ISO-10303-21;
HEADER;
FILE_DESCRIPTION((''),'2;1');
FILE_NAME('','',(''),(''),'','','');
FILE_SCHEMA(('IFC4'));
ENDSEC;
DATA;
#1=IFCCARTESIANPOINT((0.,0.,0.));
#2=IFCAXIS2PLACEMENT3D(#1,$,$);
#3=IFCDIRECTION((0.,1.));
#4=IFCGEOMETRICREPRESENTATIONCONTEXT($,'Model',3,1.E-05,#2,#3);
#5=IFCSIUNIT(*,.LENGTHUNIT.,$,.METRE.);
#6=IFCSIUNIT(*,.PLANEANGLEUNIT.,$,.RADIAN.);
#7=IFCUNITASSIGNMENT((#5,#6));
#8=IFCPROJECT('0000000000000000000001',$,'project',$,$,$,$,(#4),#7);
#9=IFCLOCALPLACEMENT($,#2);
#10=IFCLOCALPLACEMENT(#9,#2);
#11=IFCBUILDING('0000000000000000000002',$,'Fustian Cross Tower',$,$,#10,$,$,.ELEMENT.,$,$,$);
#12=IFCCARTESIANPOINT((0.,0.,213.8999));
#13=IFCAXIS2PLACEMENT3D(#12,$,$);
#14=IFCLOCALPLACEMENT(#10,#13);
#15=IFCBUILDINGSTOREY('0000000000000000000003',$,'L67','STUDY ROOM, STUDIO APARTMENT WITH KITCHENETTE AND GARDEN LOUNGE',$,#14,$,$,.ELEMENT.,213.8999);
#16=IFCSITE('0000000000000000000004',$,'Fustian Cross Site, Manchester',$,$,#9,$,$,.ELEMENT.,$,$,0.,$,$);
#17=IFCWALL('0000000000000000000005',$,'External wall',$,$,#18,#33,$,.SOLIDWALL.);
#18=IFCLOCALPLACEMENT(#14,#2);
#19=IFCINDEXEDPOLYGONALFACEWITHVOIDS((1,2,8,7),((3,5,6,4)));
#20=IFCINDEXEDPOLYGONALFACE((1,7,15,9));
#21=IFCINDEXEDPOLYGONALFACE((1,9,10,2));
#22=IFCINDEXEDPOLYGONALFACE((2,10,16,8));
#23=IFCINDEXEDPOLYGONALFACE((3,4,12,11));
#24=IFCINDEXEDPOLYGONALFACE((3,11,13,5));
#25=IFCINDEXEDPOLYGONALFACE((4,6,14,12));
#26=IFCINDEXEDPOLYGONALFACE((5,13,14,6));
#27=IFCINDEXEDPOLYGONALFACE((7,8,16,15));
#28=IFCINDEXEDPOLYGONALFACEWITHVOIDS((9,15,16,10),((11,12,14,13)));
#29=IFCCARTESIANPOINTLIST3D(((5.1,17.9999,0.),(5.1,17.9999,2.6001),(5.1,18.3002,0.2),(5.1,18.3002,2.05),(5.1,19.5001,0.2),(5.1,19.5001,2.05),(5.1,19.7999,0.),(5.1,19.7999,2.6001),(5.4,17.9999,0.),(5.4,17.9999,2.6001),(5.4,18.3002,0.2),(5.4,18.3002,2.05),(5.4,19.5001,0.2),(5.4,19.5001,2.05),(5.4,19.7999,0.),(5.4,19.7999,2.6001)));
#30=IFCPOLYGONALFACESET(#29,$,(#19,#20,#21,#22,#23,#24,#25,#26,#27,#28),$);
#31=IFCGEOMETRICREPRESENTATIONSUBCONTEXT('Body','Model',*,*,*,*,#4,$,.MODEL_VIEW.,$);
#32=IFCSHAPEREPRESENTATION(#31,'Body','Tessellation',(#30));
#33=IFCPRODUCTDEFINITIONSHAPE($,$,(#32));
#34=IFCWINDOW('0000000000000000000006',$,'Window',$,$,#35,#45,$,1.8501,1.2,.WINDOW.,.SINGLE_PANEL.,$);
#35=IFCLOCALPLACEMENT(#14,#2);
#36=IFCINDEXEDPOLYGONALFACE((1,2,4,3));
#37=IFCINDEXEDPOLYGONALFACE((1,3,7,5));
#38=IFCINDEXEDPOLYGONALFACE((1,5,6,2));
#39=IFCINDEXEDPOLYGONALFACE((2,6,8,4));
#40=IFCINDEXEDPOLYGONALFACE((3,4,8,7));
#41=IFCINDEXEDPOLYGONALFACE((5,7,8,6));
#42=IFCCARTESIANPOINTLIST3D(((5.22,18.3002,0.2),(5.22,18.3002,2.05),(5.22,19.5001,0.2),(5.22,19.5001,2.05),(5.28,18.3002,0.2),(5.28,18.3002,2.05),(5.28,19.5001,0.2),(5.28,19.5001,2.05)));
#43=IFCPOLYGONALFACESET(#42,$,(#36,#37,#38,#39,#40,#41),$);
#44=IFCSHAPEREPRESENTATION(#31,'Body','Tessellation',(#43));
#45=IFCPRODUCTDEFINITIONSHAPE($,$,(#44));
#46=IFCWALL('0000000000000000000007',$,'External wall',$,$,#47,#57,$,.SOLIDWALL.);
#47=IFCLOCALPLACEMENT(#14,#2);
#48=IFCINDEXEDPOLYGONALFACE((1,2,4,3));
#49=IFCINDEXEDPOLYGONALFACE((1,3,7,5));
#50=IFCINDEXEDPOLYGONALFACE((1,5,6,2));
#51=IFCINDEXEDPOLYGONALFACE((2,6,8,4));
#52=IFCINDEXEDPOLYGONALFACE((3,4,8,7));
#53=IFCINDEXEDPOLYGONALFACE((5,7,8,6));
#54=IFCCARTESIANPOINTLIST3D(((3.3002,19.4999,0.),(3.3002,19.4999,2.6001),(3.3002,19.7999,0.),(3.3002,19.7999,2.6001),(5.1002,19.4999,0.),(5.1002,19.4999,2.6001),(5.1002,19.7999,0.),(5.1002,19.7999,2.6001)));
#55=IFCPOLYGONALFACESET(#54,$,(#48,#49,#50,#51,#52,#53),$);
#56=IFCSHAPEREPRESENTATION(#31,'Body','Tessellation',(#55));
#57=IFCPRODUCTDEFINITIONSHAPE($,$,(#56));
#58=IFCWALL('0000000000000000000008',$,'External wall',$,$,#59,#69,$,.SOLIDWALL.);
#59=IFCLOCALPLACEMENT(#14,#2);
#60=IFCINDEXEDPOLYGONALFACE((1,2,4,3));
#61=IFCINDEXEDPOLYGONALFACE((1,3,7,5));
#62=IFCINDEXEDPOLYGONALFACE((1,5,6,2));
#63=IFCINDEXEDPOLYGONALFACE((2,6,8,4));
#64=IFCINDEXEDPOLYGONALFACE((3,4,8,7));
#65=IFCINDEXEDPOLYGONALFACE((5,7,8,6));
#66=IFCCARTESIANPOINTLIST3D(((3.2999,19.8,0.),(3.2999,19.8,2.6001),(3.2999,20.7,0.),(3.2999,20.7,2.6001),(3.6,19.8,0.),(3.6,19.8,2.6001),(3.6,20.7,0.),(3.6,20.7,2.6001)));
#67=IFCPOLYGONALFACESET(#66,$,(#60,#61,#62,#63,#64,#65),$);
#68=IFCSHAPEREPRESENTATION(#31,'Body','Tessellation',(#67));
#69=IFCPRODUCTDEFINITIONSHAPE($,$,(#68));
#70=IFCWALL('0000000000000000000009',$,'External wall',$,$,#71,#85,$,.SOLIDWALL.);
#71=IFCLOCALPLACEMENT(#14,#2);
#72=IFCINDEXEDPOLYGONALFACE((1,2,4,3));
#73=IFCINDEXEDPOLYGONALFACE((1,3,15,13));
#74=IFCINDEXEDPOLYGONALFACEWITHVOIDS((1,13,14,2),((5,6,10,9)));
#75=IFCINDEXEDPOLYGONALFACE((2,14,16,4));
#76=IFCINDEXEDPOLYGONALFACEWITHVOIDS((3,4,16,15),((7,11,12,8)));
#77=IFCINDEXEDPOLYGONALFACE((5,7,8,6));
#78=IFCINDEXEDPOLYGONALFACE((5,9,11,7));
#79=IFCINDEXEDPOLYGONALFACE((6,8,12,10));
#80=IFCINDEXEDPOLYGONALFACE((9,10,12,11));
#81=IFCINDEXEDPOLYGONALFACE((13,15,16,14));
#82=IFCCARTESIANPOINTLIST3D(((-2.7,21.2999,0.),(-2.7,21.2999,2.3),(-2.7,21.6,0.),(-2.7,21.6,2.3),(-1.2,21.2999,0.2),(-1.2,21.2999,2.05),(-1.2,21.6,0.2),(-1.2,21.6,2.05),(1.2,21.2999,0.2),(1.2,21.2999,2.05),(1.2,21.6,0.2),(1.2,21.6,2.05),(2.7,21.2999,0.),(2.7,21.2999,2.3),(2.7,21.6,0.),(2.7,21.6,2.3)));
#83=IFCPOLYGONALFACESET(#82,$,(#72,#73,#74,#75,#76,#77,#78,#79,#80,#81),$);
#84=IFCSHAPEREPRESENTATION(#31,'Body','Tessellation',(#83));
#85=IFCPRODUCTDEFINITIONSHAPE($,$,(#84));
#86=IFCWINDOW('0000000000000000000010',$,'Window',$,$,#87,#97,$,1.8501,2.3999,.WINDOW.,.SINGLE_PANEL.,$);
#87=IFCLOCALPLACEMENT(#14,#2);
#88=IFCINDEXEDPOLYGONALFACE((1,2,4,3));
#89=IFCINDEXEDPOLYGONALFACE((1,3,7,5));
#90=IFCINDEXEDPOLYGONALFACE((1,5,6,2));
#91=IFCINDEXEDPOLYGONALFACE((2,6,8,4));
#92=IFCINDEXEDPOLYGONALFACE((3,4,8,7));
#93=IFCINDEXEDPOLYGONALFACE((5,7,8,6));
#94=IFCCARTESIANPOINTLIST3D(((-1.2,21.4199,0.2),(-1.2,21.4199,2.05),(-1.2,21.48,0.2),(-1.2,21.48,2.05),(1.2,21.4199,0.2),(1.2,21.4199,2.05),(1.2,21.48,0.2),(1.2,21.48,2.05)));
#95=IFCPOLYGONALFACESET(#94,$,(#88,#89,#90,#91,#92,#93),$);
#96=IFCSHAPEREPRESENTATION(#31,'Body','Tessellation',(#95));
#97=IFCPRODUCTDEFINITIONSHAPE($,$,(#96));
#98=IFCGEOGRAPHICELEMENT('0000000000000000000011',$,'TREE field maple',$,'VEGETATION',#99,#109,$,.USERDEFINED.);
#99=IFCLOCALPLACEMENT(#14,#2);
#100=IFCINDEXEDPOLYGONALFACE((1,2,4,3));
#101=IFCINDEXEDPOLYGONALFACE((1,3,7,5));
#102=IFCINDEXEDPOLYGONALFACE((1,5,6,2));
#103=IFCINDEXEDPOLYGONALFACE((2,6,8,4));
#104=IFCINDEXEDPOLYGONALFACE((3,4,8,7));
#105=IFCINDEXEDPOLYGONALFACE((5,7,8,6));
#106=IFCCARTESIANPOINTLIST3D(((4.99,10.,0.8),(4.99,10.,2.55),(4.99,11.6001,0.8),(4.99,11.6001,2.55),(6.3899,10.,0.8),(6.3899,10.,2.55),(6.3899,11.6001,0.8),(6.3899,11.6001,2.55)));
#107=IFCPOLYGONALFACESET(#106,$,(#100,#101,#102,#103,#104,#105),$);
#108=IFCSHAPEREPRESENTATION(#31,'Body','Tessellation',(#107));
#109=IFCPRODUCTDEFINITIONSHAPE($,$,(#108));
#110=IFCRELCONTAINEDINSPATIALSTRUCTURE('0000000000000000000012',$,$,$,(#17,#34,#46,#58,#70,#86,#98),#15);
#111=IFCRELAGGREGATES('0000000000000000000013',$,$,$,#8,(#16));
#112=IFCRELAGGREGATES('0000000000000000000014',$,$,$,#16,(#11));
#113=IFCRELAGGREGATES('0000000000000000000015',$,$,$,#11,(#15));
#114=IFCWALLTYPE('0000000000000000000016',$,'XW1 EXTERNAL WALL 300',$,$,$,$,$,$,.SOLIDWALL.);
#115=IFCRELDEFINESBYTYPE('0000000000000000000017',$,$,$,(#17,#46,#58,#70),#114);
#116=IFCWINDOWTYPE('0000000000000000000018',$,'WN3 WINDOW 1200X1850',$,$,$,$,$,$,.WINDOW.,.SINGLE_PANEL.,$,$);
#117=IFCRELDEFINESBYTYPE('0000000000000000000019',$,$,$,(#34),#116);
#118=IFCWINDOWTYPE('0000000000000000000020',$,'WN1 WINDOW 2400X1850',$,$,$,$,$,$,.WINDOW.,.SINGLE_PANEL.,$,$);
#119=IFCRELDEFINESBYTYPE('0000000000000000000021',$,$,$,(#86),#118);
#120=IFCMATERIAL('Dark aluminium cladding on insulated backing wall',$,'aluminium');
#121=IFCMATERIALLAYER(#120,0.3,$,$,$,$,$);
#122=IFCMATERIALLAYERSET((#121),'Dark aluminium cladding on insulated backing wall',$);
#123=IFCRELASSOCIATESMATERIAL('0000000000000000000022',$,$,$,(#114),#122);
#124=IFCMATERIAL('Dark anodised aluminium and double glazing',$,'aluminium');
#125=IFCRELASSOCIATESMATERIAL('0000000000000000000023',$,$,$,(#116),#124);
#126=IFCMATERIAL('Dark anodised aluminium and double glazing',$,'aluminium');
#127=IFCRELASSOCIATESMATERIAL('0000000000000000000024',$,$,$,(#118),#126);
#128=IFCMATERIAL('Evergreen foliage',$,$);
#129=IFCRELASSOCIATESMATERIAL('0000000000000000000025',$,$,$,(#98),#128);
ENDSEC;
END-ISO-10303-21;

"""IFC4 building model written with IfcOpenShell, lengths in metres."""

from ifc_helpers import new_model, si_unit, direction, frame, frame_2d, origin, origin_2d, place, context, subcontext, project, spatial, rectangle, extrude, material, layer, layer_set, type_object, element, fill, save


model = new_model("IFC4")

# Units and contexts
model_context = context("Model", 3, precision=1e-05, world=origin(), true_north=direction((0.0, 1.0)))
body_context = subcontext(model_context, "Body", "Model", "MODEL_VIEW")
ifc_project = project(units=[si_unit("LENGTHUNIT", "METRE"), si_unit("PLANEANGLEUNIT", "RADIAN")], contexts=[model_context])

# Site, building, storey
site_placement = place(None, origin())
site = spatial("IfcSite", under=ifc_project, at=site_placement, Name="Fustian Cross Site, Manchester", CompositionType="ELEMENT", RefElevation=0.0)
building_placement = place(site_placement, origin())
building = spatial("IfcBuilding", under=site, at=building_placement, Name="Fustian Cross Tower", CompositionType="ELEMENT")
storey_placement = place(building_placement, frame((0.0, 0.0, 213.8999)))
storey = spatial("IfcBuildingStorey", under=building, at=storey_placement, Name="L67", Description="STUDY ROOM, STUDIO APARTMENT WITH KITCHENETTE AND GARDEN LOUNGE", CompositionType="ELEMENT", Elevation=213.8999)

# Shared definitions
ifc_material_1 = material(Name="Dark aluminium cladding on insulated backing wall", Category="aluminium")
ifc_layer_1 = layer(ifc_material_1, 0.3)
ifc_layer_set_1 = layer_set([ifc_layer_1], Name="Dark aluminium cladding on insulated backing wall")
wall_type_1 = type_object("IfcWallType", Name="XW1 EXTERNAL WALL 300", PredefinedType="SOLIDWALL", material=ifc_layer_set_1)

# Wall, opening, window
wall_1_placement = place(storey_placement, frame((5.25, 18.0, 0.0), z_axis=(0.0, 0.0, 1.0), x_axis=(0.0, 1.0, 0.0)))
wall_1 = element("IfcWall", 1, at=wall_1_placement, inside=storey, type_object=wall_type_1, Name="External wall", PredefinedType="SOLIDWALL", context=body_context, shape_type="SweptSolid", body=[
    extrude(rectangle(XDim=1.8, YDim=0.3, at=frame_2d((0.8999, 0.0))), origin(), (0.0, 0.0, 1.0), 2.6001),
])
opening_1_placement = place(wall_1_placement, frame((0.3, 0.0, 0.2)))
opening_1 = element("IfcOpeningElement", 2, at=opening_1_placement, cuts=wall_1, PredefinedType="OPENING", context=body_context, shape_type="SweptSolid", body=[
    extrude(rectangle(XDim=1.2, YDim=1.8501, at=frame_2d((0.6001, 0.925))), frame((0.0, 0.1599, 0.0), z_axis=(0.0, -1.0, 0.0), x_axis=(1.0, 0.0, 0.0)), (0.0, 0.0, 1.0), 0.3201),
])
ifc_material_2 = material(Name="Dark anodised aluminium and double glazing", Category="aluminium")
window_type_1 = type_object("IfcWindowType", Name="WN3 WINDOW 1200X1850", PartitioningType="SINGLE_PANEL", PredefinedType="WINDOW", material=ifc_material_2)
window_1_placement = place(opening_1_placement, origin())
window_1 = element("IfcWindow", 3, at=window_1_placement, inside=storey, type_object=window_type_1, Name="Window", OverallHeight=1.8501, OverallWidth=1.2, PartitioningType="SINGLE_PANEL", PredefinedType="WINDOW", context=body_context, shape_type="SweptSolid", body=[
    extrude(rectangle(XDim=1.2, YDim=1.8501, at=frame_2d((0.6001, 0.925))), frame((0.0, 0.03, 0.0), z_axis=(0.0, -1.0, 0.0), x_axis=(1.0, 0.0, 0.0)), (0.0, 0.0, 1.0), 0.0601),
])
fill(opening_1, window_1)

# Walls
wall_2_placement = place(storey_placement, frame((5.1001, 19.6499, 0.0), z_axis=(0.0, 0.0, 1.0), x_axis=(-1.0, 0.0, 0.0)))
element("IfcWall", 4, at=wall_2_placement, inside=storey, type_object=wall_type_1, Name="External wall", PredefinedType="SOLIDWALL", context=body_context, shape_type="SweptSolid", body=[
    extrude(rectangle(XDim=1.8, YDim=0.3, at=frame_2d((0.8999, 0.0))), origin(), (0.0, 0.0, 1.0), 2.6001),
])
wall_3_placement = place(storey_placement, frame((3.45, 19.8, 0.0), z_axis=(0.0, 0.0, 1.0), x_axis=(0.0, 1.0, 0.0)))
element("IfcWall", 5, at=wall_3_placement, inside=storey, type_object=wall_type_1, Name="External wall", PredefinedType="SOLIDWALL", context=body_context, shape_type="SweptSolid", body=[
    extrude(rectangle(XDim=0.8999, YDim=0.3, at=frame_2d((0.45, 0.0))), origin(), (0.0, 0.0, 1.0), 2.6001),
])

# Wall, opening, window
wall_4_placement = place(storey_placement, frame((2.7, 21.45, 0.0), z_axis=(0.0, 0.0, 1.0), x_axis=(-1.0, 0.0, 0.0)))
wall_4 = element("IfcWall", 6, at=wall_4_placement, inside=storey, type_object=wall_type_1, Name="External wall", PredefinedType="SOLIDWALL", context=body_context, shape_type="SweptSolid", body=[
    extrude(rectangle(XDim=5.3999, YDim=0.3, at=frame_2d((2.7, 0.0))), origin(), (0.0, 0.0, 1.0), 2.3),
])
opening_2_placement = place(wall_4_placement, frame((1.5, 0.0, 0.2)))
opening_2 = element("IfcOpeningElement", 7, at=opening_2_placement, cuts=wall_4, PredefinedType="OPENING", context=body_context, shape_type="SweptSolid", body=[
    extrude(rectangle(XDim=2.3999, YDim=1.8501, at=frame_2d((1.2, 0.925))), frame((0.0, 0.1599, 0.0), z_axis=(0.0, -1.0, 0.0), x_axis=(1.0, 0.0, 0.0)), (0.0, 0.0, 1.0), 0.3201),
])
ifc_material_3 = material(Name="Dark anodised aluminium and double glazing", Category="aluminium")
window_type_2 = type_object("IfcWindowType", Name="WN1 WINDOW 2400X1850", PartitioningType="SINGLE_PANEL", PredefinedType="WINDOW", material=ifc_material_3)
window_2_placement = place(opening_2_placement, origin())
window_2 = element("IfcWindow", 8, at=window_2_placement, inside=storey, type_object=window_type_2, Name="Window", OverallHeight=1.8501, OverallWidth=2.3999, PartitioningType="SINGLE_PANEL", PredefinedType="WINDOW", context=body_context, shape_type="SweptSolid", body=[
    extrude(rectangle(XDim=2.3999, YDim=1.8501, at=frame_2d((1.2, 0.925))), frame((0.0, 0.03, 0.0), z_axis=(0.0, -1.0, 0.0), x_axis=(1.0, 0.0, 0.0)), (0.0, 0.0, 1.0), 0.0601),
])
fill(opening_2, window_2)

# Geographic element
ifc_material_4 = material(Name="Evergreen foliage")
geographic_element_placement = place(storey_placement, frame((5.6899, 10.8, 0.8), z_axis=(0.0, 0.0, 1.0), x_axis=(1.0, 0.0, 0.0)))
element("IfcGeographicElement", 9, at=geographic_element_placement, inside=storey, material=ifc_material_4, Name="TREE field maple", ObjectType="VEGETATION", PredefinedType="USERDEFINED", context=body_context, shape_type="SweptSolid", body=[
    extrude(rectangle(XDim=1.3999, YDim=1.6001, at=origin_2d()), origin(), (0.0, 0.0, 1.0), 1.75),
])

save(model, "model.ifc")
